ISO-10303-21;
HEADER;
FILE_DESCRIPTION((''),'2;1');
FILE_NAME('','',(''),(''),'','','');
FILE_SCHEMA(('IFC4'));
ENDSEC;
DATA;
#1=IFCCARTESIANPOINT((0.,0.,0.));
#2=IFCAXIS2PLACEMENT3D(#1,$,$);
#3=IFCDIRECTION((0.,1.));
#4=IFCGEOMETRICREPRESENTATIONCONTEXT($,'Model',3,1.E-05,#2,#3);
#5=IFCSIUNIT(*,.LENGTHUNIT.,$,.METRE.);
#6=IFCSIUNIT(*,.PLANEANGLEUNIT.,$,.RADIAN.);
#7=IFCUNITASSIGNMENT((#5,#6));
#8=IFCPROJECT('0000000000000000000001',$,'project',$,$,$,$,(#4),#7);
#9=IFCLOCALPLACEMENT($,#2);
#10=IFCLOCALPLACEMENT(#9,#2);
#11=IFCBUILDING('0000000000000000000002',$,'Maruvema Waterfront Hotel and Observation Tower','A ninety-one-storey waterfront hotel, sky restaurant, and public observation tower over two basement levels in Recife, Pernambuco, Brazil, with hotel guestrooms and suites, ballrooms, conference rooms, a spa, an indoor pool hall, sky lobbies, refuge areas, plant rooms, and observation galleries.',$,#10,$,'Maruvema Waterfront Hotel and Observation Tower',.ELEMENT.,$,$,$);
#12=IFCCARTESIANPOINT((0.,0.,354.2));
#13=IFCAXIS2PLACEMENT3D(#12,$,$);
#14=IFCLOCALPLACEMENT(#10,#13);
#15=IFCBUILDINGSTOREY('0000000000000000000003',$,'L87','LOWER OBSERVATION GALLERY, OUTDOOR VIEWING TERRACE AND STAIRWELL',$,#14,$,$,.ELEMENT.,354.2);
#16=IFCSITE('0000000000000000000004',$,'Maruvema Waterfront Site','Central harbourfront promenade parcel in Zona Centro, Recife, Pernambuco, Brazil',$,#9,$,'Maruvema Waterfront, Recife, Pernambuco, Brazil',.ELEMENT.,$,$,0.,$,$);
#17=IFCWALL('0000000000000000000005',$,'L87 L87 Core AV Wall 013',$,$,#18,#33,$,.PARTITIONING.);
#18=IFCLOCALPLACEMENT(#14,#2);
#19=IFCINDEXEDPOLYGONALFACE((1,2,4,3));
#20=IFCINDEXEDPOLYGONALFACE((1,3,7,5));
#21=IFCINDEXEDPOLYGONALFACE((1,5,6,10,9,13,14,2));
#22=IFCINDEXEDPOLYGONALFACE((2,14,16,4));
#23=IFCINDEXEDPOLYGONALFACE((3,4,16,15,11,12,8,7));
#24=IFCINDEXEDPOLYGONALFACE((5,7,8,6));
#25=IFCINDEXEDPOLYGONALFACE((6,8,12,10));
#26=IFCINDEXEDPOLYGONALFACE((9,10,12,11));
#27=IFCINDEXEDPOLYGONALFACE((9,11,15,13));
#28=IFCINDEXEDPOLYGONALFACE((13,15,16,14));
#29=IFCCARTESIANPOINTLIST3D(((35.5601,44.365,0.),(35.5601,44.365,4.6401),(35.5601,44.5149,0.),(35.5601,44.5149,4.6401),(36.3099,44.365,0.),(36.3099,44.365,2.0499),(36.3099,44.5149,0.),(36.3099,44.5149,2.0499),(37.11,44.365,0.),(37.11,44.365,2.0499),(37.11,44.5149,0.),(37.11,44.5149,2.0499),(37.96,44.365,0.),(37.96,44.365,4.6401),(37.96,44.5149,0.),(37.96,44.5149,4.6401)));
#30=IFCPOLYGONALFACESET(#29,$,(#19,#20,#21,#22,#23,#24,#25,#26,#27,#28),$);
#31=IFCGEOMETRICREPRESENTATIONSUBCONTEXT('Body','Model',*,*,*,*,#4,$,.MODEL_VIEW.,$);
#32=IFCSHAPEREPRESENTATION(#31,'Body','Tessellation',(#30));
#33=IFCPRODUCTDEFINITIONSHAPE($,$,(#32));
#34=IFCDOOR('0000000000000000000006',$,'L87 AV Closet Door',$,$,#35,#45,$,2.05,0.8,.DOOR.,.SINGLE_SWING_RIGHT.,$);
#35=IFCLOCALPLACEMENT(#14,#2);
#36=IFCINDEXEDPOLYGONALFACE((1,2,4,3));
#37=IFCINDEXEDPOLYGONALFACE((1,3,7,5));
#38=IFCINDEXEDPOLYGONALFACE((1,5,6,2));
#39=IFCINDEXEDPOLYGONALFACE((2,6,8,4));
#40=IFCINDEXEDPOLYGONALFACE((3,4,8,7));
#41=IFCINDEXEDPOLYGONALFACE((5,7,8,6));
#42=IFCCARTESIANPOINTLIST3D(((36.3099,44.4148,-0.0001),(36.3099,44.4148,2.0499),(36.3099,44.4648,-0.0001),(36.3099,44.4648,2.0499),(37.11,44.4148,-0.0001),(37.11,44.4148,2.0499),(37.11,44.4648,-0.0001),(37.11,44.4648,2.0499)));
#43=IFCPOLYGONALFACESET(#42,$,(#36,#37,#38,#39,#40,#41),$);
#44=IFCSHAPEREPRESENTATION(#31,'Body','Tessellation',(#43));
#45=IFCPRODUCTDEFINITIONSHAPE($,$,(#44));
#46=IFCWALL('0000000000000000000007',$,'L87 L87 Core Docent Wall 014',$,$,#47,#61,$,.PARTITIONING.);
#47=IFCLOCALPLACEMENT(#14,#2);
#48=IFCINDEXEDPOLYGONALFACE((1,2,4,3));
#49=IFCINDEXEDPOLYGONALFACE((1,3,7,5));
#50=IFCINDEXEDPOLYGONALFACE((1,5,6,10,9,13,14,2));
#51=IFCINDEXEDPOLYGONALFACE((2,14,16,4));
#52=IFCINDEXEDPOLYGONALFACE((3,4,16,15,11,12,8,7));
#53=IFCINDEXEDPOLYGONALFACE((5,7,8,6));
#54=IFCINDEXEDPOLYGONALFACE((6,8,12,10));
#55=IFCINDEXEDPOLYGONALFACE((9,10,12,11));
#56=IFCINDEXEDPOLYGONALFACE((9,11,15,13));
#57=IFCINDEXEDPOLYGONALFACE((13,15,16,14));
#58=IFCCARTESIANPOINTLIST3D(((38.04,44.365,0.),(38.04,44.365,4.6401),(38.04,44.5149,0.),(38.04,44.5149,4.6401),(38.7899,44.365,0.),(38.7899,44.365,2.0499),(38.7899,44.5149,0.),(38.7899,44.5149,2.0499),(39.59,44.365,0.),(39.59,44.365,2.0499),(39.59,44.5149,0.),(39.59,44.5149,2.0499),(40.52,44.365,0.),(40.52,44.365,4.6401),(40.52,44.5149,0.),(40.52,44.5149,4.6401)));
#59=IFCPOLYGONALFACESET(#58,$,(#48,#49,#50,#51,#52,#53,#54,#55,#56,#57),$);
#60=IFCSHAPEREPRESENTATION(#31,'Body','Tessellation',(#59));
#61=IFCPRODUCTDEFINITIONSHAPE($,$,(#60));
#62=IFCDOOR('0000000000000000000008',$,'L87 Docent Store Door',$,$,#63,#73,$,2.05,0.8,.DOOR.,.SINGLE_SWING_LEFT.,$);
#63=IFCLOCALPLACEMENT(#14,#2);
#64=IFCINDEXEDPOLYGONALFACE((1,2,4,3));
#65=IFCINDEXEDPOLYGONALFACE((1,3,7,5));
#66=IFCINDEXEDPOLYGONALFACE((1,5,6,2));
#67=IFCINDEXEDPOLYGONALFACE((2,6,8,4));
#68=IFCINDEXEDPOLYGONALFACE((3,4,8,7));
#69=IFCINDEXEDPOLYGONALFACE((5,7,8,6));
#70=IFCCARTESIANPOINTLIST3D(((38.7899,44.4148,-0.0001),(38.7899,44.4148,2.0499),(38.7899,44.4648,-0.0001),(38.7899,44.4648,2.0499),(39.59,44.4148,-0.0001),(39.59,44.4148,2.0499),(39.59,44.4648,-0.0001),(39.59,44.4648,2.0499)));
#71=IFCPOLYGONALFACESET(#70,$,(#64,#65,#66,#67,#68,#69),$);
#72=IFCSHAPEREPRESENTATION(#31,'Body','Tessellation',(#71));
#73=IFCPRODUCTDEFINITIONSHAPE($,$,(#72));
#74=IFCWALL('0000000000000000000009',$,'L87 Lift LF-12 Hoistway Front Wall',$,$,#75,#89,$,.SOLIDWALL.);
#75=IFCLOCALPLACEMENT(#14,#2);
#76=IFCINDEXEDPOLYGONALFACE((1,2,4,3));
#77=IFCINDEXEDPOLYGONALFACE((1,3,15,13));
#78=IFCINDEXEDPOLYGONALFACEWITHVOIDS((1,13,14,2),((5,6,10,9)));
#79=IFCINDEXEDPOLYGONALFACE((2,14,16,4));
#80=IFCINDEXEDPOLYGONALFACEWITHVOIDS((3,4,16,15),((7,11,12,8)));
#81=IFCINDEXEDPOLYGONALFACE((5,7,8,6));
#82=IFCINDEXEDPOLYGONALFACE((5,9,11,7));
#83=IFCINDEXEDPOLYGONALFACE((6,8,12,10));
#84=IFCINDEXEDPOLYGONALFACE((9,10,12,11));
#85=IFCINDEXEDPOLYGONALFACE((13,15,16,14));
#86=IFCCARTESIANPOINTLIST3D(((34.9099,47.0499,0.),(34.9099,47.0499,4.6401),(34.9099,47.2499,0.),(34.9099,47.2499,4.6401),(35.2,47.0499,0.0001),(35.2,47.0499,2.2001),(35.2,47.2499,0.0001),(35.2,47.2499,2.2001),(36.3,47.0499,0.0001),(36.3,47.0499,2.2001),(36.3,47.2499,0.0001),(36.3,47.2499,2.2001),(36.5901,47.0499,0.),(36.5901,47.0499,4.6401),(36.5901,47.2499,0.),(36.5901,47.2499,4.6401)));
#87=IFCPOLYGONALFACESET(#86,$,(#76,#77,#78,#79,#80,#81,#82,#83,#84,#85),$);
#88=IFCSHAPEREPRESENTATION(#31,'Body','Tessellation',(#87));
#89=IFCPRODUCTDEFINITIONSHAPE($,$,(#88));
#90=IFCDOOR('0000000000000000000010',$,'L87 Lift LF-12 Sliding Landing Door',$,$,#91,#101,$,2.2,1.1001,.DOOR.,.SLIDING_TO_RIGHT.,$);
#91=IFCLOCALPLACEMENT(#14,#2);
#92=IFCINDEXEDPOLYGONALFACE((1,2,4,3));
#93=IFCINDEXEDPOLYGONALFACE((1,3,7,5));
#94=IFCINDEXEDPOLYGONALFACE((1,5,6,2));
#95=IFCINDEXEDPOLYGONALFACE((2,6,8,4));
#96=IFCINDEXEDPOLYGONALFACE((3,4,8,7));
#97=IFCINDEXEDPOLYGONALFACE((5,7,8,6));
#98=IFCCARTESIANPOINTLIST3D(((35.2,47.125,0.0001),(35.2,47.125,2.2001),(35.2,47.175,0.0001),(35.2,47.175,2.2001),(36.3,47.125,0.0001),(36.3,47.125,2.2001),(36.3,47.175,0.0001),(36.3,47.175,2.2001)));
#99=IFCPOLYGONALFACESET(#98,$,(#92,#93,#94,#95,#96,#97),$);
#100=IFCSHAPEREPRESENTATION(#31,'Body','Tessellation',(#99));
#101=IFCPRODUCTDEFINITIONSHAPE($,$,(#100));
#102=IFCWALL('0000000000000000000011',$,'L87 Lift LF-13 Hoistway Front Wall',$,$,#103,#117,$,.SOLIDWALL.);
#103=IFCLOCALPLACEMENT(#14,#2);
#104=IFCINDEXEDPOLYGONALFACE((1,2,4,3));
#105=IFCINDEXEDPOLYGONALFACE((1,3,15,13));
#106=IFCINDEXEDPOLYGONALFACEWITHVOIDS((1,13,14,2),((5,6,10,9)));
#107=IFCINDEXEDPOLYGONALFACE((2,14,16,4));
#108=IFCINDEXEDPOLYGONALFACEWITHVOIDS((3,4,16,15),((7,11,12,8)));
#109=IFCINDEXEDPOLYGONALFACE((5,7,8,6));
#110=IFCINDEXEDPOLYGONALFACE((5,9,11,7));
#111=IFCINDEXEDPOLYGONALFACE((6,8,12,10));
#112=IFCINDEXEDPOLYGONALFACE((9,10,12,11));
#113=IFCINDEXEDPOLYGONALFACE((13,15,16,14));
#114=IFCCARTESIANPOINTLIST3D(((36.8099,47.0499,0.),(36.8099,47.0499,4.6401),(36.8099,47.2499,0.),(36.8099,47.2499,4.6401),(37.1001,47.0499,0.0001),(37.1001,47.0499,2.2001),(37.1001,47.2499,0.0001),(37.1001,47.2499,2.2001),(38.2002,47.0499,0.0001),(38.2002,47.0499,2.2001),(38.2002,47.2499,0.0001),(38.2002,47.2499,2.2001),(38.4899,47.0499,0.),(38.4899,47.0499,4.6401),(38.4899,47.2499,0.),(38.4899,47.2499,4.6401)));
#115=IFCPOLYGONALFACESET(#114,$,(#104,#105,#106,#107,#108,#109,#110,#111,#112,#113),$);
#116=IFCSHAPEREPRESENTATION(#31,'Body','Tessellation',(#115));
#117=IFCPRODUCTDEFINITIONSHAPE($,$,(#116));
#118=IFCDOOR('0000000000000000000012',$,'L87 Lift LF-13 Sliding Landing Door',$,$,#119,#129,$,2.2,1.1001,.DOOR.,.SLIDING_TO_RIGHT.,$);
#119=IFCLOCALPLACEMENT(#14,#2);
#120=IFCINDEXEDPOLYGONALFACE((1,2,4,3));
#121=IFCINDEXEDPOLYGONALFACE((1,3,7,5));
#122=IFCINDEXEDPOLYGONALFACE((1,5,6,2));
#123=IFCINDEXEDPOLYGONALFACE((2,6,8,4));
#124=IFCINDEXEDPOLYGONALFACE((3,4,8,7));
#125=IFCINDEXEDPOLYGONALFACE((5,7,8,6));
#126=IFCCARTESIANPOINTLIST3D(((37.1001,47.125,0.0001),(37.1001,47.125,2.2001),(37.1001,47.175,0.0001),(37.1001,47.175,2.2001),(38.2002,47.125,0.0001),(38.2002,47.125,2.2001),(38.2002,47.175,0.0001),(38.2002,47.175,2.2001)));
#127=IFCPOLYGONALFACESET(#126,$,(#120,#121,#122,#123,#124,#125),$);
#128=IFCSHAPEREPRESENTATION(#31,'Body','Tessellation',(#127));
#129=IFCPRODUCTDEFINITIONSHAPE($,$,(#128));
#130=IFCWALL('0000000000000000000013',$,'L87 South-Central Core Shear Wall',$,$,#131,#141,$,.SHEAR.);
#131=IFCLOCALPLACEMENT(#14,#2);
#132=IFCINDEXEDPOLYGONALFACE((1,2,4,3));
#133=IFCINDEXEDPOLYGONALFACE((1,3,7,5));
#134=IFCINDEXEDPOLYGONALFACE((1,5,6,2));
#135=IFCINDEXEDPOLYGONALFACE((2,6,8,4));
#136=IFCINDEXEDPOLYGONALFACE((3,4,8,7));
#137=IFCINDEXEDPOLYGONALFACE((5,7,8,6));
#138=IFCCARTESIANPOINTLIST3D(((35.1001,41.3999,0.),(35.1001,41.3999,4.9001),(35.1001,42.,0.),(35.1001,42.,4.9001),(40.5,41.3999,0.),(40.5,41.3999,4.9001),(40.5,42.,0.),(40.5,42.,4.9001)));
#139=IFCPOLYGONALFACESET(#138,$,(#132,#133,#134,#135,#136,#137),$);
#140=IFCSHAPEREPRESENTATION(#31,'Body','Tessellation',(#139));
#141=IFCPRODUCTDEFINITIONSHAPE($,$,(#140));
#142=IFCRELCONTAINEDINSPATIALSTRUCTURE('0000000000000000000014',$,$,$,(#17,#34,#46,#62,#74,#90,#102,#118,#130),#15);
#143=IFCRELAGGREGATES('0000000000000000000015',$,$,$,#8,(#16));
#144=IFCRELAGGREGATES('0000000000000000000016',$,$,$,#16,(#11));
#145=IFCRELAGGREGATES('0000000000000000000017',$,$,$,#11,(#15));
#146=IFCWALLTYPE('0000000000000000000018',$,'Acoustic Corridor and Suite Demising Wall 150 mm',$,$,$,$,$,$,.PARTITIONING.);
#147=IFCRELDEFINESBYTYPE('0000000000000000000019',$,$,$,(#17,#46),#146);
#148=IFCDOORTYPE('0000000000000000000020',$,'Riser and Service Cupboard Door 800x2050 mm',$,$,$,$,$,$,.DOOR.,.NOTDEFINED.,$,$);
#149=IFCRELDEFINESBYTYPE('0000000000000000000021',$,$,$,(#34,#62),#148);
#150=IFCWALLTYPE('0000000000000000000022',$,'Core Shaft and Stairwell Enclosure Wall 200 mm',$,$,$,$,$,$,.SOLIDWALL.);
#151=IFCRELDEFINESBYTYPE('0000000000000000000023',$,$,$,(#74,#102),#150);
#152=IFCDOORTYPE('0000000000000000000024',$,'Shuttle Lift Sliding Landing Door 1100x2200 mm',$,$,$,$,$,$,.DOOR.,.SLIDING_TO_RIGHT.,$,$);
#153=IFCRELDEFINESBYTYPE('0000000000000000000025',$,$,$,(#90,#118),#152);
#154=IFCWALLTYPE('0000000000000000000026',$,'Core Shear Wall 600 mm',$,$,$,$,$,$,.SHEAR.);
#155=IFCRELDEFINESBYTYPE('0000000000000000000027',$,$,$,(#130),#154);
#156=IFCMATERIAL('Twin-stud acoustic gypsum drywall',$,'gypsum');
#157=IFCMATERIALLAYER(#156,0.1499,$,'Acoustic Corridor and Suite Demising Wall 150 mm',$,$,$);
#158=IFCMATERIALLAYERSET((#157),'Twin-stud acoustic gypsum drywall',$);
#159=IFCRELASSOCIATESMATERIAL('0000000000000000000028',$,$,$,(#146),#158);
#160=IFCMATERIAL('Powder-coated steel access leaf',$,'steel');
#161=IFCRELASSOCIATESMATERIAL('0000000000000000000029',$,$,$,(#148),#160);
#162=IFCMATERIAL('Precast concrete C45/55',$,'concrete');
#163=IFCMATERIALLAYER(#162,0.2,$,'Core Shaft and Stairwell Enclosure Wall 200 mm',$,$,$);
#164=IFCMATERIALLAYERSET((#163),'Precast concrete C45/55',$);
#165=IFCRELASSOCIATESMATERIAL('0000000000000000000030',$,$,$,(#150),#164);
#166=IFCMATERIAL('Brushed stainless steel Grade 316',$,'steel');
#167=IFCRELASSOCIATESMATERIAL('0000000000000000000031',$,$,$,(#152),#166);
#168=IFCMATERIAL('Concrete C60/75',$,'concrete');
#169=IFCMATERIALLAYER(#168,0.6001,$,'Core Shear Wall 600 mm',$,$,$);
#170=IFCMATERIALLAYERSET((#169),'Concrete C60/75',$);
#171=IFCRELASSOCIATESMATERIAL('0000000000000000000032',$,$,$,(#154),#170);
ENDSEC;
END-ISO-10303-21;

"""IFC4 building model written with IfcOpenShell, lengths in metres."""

from ifc_helpers import new_model, si_unit, direction, frame, frame_2d, origin, place, context, subcontext, project, spatial, rectangle, extrude, material, layer, layer_set, type_object, element, fill, save


model = new_model("IFC4")

# Units and contexts
model_context = context("Model", 3, precision=1e-05, world=origin(), true_north=direction((0.0, 1.0)))
body_context = subcontext(model_context, "Body", "Model", "MODEL_VIEW")
ifc_project = project(units=[si_unit("LENGTHUNIT", "METRE"), si_unit("PLANEANGLEUNIT", "RADIAN")], contexts=[model_context])

# Site, building, storey
site_placement = place(None, origin())
site = spatial("IfcSite", under=ifc_project, at=site_placement, Name="Maruvema Waterfront Site", Description="Central harbourfront promenade parcel in Zona Centro, Recife, Pernambuco, Brazil", LongName="Maruvema Waterfront, Recife, Pernambuco, Brazil", CompositionType="ELEMENT", RefElevation=0.0)
building_placement = place(site_placement, origin())
building = spatial("IfcBuilding", under=site, at=building_placement, Name="Maruvema Waterfront Hotel and Observation Tower", Description="A ninety-one-storey waterfront hotel, sky restaurant, and public observation tower over two basement levels in Recife, Pernambuco, Brazil, with hotel guestrooms and suites, ballrooms, conference rooms, a spa, an indoor pool hall, sky lobbies, refuge areas, plant rooms, and observation galleries.", LongName="Maruvema Waterfront Hotel and Observation Tower", CompositionType="ELEMENT")
storey_placement = place(building_placement, frame((0.0, 0.0, 354.2)))
storey = spatial("IfcBuildingStorey", under=building, at=storey_placement, Name="L87", Description="LOWER OBSERVATION GALLERY, OUTDOOR VIEWING TERRACE AND STAIRWELL", CompositionType="ELEMENT", Elevation=354.2)

# Walls, openings, doors
ifc_material_1 = material(Name="Twin-stud acoustic gypsum drywall", Category="gypsum")
ifc_layer_1 = layer(ifc_material_1, 0.1499, Name="Acoustic Corridor and Suite Demising Wall 150 mm")
ifc_layer_set_1 = layer_set([ifc_layer_1], Name="Twin-stud acoustic gypsum drywall")
wall_type_1 = type_object("IfcWallType", Name="Acoustic Corridor and Suite Demising Wall 150 mm", PredefinedType="PARTITIONING", material=ifc_layer_set_1)
wall_1_placement = place(storey_placement, frame((35.5601, 44.4399, 0.0), z_axis=(0.0, 0.0, 1.0), x_axis=(1.0, 0.0, 0.0)))
wall_1 = element("IfcWall", 1, at=wall_1_placement, inside=storey, type_object=wall_type_1, Name="L87 L87 Core AV Wall 013", PredefinedType="PARTITIONING", context=body_context, shape_type="SweptSolid", body=[
    extrude(rectangle(XDim=2.3999, YDim=0.1499, at=frame_2d((1.2, 0.0))), origin(), (0.0, 0.0, 1.0), 4.6401),
])
opening_1_placement = place(wall_1_placement, frame((0.75, 0.0, 0.0)))
opening_1 = element("IfcOpeningElement", 2, at=opening_1_placement, cuts=wall_1, PredefinedType="OPENING", context=body_context, shape_type="SweptSolid", body=[
    extrude(rectangle(XDim=0.8, YDim=2.05, at=frame_2d((0.3999, 1.0249))), frame((0.0, 0.085, 0.0), z_axis=(0.0, -1.0, 0.0), x_axis=(1.0, 0.0, 0.0)), (0.0, 0.0, 1.0), 0.1699),
])
ifc_material_2 = material(Name="Powder-coated steel access leaf", Category="steel")
door_type_1 = type_object("IfcDoorType", Name="Riser and Service Cupboard Door 800x2050 mm", OperationType="NOTDEFINED", PredefinedType="DOOR", material=ifc_material_2)
door_1_placement = place(opening_1_placement, origin())
door_1 = element("IfcDoor", 3, at=door_1_placement, inside=storey, type_object=door_type_1, Name="L87 AV Closet Door", OperationType="SINGLE_SWING_RIGHT", OverallHeight=2.05, OverallWidth=0.8, PredefinedType="DOOR", context=body_context, shape_type="SweptSolid", body=[
    extrude(rectangle(XDim=0.8, YDim=2.05, at=frame_2d((0.3999, 1.0249))), frame((0.0, 0.0249, 0.0), z_axis=(0.0, -1.0, 0.0), x_axis=(1.0, 0.0, 0.0)), (0.0, 0.0, 1.0), 0.05),
])
fill(opening_1, door_1)
wall_2_placement = place(storey_placement, frame((38.04, 44.4399, 0.0), z_axis=(0.0, 0.0, 1.0), x_axis=(1.0, 0.0, 0.0)))
wall_2 = element("IfcWall", 4, at=wall_2_placement, inside=storey, type_object=wall_type_1, Name="L87 L87 Core Docent Wall 014", PredefinedType="PARTITIONING", context=body_context, shape_type="SweptSolid", body=[
    extrude(rectangle(XDim=2.48, YDim=0.1499, at=frame_2d((1.24, 0.0))), origin(), (0.0, 0.0, 1.0), 4.6401),
])
opening_2_placement = place(wall_2_placement, frame((0.75, 0.0, 0.0)))
opening_2 = element("IfcOpeningElement", 5, at=opening_2_placement, cuts=wall_2, PredefinedType="OPENING", context=body_context, shape_type="SweptSolid", body=[
    extrude(rectangle(XDim=0.8, YDim=2.05, at=frame_2d((0.3999, 1.0249))), frame((0.0, 0.085, 0.0), z_axis=(0.0, -1.0, 0.0), x_axis=(1.0, 0.0, 0.0)), (0.0, 0.0, 1.0), 0.1699),
])
door_2_placement = place(opening_2_placement, origin())
door_2 = element("IfcDoor", 6, at=door_2_placement, inside=storey, type_object=door_type_1, Name="L87 Docent Store Door", OperationType="SINGLE_SWING_LEFT", OverallHeight=2.05, OverallWidth=0.8, PredefinedType="DOOR", context=body_context, shape_type="SweptSolid", body=[
    extrude(rectangle(XDim=0.8, YDim=2.05, at=frame_2d((0.3999, 1.0249))), frame((0.0, 0.0249, 0.0), z_axis=(0.0, -1.0, 0.0), x_axis=(1.0, 0.0, 0.0)), (0.0, 0.0, 1.0), 0.05),
])
fill(opening_2, door_2)
ifc_material_3 = material(Name="Precast concrete C45/55", Category="concrete")
ifc_layer_2 = layer(ifc_material_3, 0.2, Name="Core Shaft and Stairwell Enclosure Wall 200 mm")
ifc_layer_set_2 = layer_set([ifc_layer_2], Name="Precast concrete C45/55")
wall_type_2 = type_object("IfcWallType", Name="Core Shaft and Stairwell Enclosure Wall 200 mm", PredefinedType="SOLIDWALL", material=ifc_layer_set_2)
wall_3_placement = place(storey_placement, frame((34.9099, 47.1499, 0.0), z_axis=(0.0, 0.0, 1.0), x_axis=(1.0, 0.0, 0.0)))
wall_3 = element("IfcWall", 7, at=wall_3_placement, inside=storey, type_object=wall_type_2, Name="L87 Lift LF-12 Hoistway Front Wall", PredefinedType="SOLIDWALL", context=body_context, shape_type="SweptSolid", body=[
    extrude(rectangle(XDim=1.6802, YDim=0.2, at=frame_2d((0.8401, 0.0))), origin(), (0.0, 0.0, 1.0), 4.6401),
])
opening_3_placement = place(wall_3_placement, frame((0.29, 0.0, 0.0)))
opening_3 = element("IfcOpeningElement", 8, at=opening_3_placement, cuts=wall_3, PredefinedType="OPENING", context=body_context, shape_type="SweptSolid", body=[
    extrude(rectangle(XDim=1.1001, YDim=2.2, at=frame_2d((0.55, 1.1001))), frame((0.0, 0.1099, 0.0), z_axis=(0.0, -1.0, 0.0), x_axis=(1.0, 0.0, 0.0)), (0.0, 0.0, 1.0), 0.22),
])
ifc_material_4 = material(Name="Brushed stainless steel Grade 316", Category="steel")
door_type_2 = type_object("IfcDoorType", Name="Shuttle Lift Sliding Landing Door 1100x2200 mm", OperationType="SLIDING_TO_RIGHT", PredefinedType="DOOR", material=ifc_material_4)
door_3_placement = place(opening_3_placement, frame((1.1001, 0.0, 0.0), z_axis=(0.0, 0.0, 1.0), x_axis=(-1.0, 0.0, 0.0)))
door_3 = element("IfcDoor", 9, at=door_3_placement, inside=storey, type_object=door_type_2, Name="L87 Lift LF-12 Sliding Landing Door", OperationType="SLIDING_TO_RIGHT", OverallHeight=2.2, OverallWidth=1.1001, PredefinedType="DOOR", context=body_context, shape_type="SweptSolid", body=[
    extrude(rectangle(XDim=1.1001, YDim=2.2, at=frame_2d((0.55, 1.1001))), frame((0.0, 0.0249, 0.0), z_axis=(0.0, -1.0, 0.0), x_axis=(1.0, 0.0, 0.0)), (0.0, 0.0, 1.0), 0.05),
])
fill(opening_3, door_3)
wall_4_placement = place(storey_placement, frame((36.8101, 47.1499, 0.0), z_axis=(0.0, 0.0, 1.0), x_axis=(1.0, 0.0, 0.0)))
wall_4 = element("IfcWall", 10, at=wall_4_placement, inside=storey, type_object=wall_type_2, Name="L87 Lift LF-13 Hoistway Front Wall", PredefinedType="SOLIDWALL", context=body_context, shape_type="SweptSolid", body=[
    extrude(rectangle(XDim=1.6799, YDim=0.2, at=frame_2d((0.8398, 0.0))), origin(), (0.0, 0.0, 1.0), 4.6401),
])
opening_4_placement = place(wall_4_placement, frame((0.29, 0.0, 0.0)))
opening_4 = element("IfcOpeningElement", 11, at=opening_4_placement, cuts=wall_4, PredefinedType="OPENING", context=body_context, shape_type="SweptSolid", body=[
    extrude(rectangle(XDim=1.1001, YDim=2.2, at=frame_2d((0.55, 1.1001))), frame((0.0, 0.1099, 0.0), z_axis=(0.0, -1.0, 0.0), x_axis=(1.0, 0.0, 0.0)), (0.0, 0.0, 1.0), 0.22),
])
door_4_placement = place(opening_4_placement, frame((1.1001, 0.0, 0.0), z_axis=(0.0, 0.0, 1.0), x_axis=(-1.0, 0.0, 0.0)))
door_4 = element("IfcDoor", 12, at=door_4_placement, inside=storey, type_object=door_type_2, Name="L87 Lift LF-13 Sliding Landing Door", OperationType="SLIDING_TO_RIGHT", OverallHeight=2.2, OverallWidth=1.1001, PredefinedType="DOOR", context=body_context, shape_type="SweptSolid", body=[
    extrude(rectangle(XDim=1.1001, YDim=2.2, at=frame_2d((0.55, 1.1001))), frame((0.0, 0.0249, 0.0), z_axis=(0.0, -1.0, 0.0), x_axis=(1.0, 0.0, 0.0)), (0.0, 0.0, 1.0), 0.05),
])
fill(opening_4, door_4)

# Wall
ifc_material_5 = material(Name="Concrete C60/75", Category="concrete")
ifc_layer_3 = layer(ifc_material_5, 0.6001, Name="Core Shear Wall 600 mm")
ifc_layer_set_3 = layer_set([ifc_layer_3], Name="Concrete C60/75")
wall_type_3 = type_object("IfcWallType", Name="Core Shear Wall 600 mm", PredefinedType="SHEAR", material=ifc_layer_set_3)
wall_5_placement = place(storey_placement, frame((35.1001, 41.7, 0.0), z_axis=(0.0, 0.0, 1.0), x_axis=(1.0, 0.0, 0.0)))
element("IfcWall", 13, at=wall_5_placement, inside=storey, type_object=wall_type_3, Name="L87 South-Central Core Shear Wall", PredefinedType="SHEAR", context=body_context, shape_type="SweptSolid", body=[
    extrude(rectangle(XDim=5.3999, YDim=0.6001, at=frame_2d((2.7, 0.0))), origin(), (0.0, 0.0, 1.0), 4.9001),
])

save(model, "model.ifc")
